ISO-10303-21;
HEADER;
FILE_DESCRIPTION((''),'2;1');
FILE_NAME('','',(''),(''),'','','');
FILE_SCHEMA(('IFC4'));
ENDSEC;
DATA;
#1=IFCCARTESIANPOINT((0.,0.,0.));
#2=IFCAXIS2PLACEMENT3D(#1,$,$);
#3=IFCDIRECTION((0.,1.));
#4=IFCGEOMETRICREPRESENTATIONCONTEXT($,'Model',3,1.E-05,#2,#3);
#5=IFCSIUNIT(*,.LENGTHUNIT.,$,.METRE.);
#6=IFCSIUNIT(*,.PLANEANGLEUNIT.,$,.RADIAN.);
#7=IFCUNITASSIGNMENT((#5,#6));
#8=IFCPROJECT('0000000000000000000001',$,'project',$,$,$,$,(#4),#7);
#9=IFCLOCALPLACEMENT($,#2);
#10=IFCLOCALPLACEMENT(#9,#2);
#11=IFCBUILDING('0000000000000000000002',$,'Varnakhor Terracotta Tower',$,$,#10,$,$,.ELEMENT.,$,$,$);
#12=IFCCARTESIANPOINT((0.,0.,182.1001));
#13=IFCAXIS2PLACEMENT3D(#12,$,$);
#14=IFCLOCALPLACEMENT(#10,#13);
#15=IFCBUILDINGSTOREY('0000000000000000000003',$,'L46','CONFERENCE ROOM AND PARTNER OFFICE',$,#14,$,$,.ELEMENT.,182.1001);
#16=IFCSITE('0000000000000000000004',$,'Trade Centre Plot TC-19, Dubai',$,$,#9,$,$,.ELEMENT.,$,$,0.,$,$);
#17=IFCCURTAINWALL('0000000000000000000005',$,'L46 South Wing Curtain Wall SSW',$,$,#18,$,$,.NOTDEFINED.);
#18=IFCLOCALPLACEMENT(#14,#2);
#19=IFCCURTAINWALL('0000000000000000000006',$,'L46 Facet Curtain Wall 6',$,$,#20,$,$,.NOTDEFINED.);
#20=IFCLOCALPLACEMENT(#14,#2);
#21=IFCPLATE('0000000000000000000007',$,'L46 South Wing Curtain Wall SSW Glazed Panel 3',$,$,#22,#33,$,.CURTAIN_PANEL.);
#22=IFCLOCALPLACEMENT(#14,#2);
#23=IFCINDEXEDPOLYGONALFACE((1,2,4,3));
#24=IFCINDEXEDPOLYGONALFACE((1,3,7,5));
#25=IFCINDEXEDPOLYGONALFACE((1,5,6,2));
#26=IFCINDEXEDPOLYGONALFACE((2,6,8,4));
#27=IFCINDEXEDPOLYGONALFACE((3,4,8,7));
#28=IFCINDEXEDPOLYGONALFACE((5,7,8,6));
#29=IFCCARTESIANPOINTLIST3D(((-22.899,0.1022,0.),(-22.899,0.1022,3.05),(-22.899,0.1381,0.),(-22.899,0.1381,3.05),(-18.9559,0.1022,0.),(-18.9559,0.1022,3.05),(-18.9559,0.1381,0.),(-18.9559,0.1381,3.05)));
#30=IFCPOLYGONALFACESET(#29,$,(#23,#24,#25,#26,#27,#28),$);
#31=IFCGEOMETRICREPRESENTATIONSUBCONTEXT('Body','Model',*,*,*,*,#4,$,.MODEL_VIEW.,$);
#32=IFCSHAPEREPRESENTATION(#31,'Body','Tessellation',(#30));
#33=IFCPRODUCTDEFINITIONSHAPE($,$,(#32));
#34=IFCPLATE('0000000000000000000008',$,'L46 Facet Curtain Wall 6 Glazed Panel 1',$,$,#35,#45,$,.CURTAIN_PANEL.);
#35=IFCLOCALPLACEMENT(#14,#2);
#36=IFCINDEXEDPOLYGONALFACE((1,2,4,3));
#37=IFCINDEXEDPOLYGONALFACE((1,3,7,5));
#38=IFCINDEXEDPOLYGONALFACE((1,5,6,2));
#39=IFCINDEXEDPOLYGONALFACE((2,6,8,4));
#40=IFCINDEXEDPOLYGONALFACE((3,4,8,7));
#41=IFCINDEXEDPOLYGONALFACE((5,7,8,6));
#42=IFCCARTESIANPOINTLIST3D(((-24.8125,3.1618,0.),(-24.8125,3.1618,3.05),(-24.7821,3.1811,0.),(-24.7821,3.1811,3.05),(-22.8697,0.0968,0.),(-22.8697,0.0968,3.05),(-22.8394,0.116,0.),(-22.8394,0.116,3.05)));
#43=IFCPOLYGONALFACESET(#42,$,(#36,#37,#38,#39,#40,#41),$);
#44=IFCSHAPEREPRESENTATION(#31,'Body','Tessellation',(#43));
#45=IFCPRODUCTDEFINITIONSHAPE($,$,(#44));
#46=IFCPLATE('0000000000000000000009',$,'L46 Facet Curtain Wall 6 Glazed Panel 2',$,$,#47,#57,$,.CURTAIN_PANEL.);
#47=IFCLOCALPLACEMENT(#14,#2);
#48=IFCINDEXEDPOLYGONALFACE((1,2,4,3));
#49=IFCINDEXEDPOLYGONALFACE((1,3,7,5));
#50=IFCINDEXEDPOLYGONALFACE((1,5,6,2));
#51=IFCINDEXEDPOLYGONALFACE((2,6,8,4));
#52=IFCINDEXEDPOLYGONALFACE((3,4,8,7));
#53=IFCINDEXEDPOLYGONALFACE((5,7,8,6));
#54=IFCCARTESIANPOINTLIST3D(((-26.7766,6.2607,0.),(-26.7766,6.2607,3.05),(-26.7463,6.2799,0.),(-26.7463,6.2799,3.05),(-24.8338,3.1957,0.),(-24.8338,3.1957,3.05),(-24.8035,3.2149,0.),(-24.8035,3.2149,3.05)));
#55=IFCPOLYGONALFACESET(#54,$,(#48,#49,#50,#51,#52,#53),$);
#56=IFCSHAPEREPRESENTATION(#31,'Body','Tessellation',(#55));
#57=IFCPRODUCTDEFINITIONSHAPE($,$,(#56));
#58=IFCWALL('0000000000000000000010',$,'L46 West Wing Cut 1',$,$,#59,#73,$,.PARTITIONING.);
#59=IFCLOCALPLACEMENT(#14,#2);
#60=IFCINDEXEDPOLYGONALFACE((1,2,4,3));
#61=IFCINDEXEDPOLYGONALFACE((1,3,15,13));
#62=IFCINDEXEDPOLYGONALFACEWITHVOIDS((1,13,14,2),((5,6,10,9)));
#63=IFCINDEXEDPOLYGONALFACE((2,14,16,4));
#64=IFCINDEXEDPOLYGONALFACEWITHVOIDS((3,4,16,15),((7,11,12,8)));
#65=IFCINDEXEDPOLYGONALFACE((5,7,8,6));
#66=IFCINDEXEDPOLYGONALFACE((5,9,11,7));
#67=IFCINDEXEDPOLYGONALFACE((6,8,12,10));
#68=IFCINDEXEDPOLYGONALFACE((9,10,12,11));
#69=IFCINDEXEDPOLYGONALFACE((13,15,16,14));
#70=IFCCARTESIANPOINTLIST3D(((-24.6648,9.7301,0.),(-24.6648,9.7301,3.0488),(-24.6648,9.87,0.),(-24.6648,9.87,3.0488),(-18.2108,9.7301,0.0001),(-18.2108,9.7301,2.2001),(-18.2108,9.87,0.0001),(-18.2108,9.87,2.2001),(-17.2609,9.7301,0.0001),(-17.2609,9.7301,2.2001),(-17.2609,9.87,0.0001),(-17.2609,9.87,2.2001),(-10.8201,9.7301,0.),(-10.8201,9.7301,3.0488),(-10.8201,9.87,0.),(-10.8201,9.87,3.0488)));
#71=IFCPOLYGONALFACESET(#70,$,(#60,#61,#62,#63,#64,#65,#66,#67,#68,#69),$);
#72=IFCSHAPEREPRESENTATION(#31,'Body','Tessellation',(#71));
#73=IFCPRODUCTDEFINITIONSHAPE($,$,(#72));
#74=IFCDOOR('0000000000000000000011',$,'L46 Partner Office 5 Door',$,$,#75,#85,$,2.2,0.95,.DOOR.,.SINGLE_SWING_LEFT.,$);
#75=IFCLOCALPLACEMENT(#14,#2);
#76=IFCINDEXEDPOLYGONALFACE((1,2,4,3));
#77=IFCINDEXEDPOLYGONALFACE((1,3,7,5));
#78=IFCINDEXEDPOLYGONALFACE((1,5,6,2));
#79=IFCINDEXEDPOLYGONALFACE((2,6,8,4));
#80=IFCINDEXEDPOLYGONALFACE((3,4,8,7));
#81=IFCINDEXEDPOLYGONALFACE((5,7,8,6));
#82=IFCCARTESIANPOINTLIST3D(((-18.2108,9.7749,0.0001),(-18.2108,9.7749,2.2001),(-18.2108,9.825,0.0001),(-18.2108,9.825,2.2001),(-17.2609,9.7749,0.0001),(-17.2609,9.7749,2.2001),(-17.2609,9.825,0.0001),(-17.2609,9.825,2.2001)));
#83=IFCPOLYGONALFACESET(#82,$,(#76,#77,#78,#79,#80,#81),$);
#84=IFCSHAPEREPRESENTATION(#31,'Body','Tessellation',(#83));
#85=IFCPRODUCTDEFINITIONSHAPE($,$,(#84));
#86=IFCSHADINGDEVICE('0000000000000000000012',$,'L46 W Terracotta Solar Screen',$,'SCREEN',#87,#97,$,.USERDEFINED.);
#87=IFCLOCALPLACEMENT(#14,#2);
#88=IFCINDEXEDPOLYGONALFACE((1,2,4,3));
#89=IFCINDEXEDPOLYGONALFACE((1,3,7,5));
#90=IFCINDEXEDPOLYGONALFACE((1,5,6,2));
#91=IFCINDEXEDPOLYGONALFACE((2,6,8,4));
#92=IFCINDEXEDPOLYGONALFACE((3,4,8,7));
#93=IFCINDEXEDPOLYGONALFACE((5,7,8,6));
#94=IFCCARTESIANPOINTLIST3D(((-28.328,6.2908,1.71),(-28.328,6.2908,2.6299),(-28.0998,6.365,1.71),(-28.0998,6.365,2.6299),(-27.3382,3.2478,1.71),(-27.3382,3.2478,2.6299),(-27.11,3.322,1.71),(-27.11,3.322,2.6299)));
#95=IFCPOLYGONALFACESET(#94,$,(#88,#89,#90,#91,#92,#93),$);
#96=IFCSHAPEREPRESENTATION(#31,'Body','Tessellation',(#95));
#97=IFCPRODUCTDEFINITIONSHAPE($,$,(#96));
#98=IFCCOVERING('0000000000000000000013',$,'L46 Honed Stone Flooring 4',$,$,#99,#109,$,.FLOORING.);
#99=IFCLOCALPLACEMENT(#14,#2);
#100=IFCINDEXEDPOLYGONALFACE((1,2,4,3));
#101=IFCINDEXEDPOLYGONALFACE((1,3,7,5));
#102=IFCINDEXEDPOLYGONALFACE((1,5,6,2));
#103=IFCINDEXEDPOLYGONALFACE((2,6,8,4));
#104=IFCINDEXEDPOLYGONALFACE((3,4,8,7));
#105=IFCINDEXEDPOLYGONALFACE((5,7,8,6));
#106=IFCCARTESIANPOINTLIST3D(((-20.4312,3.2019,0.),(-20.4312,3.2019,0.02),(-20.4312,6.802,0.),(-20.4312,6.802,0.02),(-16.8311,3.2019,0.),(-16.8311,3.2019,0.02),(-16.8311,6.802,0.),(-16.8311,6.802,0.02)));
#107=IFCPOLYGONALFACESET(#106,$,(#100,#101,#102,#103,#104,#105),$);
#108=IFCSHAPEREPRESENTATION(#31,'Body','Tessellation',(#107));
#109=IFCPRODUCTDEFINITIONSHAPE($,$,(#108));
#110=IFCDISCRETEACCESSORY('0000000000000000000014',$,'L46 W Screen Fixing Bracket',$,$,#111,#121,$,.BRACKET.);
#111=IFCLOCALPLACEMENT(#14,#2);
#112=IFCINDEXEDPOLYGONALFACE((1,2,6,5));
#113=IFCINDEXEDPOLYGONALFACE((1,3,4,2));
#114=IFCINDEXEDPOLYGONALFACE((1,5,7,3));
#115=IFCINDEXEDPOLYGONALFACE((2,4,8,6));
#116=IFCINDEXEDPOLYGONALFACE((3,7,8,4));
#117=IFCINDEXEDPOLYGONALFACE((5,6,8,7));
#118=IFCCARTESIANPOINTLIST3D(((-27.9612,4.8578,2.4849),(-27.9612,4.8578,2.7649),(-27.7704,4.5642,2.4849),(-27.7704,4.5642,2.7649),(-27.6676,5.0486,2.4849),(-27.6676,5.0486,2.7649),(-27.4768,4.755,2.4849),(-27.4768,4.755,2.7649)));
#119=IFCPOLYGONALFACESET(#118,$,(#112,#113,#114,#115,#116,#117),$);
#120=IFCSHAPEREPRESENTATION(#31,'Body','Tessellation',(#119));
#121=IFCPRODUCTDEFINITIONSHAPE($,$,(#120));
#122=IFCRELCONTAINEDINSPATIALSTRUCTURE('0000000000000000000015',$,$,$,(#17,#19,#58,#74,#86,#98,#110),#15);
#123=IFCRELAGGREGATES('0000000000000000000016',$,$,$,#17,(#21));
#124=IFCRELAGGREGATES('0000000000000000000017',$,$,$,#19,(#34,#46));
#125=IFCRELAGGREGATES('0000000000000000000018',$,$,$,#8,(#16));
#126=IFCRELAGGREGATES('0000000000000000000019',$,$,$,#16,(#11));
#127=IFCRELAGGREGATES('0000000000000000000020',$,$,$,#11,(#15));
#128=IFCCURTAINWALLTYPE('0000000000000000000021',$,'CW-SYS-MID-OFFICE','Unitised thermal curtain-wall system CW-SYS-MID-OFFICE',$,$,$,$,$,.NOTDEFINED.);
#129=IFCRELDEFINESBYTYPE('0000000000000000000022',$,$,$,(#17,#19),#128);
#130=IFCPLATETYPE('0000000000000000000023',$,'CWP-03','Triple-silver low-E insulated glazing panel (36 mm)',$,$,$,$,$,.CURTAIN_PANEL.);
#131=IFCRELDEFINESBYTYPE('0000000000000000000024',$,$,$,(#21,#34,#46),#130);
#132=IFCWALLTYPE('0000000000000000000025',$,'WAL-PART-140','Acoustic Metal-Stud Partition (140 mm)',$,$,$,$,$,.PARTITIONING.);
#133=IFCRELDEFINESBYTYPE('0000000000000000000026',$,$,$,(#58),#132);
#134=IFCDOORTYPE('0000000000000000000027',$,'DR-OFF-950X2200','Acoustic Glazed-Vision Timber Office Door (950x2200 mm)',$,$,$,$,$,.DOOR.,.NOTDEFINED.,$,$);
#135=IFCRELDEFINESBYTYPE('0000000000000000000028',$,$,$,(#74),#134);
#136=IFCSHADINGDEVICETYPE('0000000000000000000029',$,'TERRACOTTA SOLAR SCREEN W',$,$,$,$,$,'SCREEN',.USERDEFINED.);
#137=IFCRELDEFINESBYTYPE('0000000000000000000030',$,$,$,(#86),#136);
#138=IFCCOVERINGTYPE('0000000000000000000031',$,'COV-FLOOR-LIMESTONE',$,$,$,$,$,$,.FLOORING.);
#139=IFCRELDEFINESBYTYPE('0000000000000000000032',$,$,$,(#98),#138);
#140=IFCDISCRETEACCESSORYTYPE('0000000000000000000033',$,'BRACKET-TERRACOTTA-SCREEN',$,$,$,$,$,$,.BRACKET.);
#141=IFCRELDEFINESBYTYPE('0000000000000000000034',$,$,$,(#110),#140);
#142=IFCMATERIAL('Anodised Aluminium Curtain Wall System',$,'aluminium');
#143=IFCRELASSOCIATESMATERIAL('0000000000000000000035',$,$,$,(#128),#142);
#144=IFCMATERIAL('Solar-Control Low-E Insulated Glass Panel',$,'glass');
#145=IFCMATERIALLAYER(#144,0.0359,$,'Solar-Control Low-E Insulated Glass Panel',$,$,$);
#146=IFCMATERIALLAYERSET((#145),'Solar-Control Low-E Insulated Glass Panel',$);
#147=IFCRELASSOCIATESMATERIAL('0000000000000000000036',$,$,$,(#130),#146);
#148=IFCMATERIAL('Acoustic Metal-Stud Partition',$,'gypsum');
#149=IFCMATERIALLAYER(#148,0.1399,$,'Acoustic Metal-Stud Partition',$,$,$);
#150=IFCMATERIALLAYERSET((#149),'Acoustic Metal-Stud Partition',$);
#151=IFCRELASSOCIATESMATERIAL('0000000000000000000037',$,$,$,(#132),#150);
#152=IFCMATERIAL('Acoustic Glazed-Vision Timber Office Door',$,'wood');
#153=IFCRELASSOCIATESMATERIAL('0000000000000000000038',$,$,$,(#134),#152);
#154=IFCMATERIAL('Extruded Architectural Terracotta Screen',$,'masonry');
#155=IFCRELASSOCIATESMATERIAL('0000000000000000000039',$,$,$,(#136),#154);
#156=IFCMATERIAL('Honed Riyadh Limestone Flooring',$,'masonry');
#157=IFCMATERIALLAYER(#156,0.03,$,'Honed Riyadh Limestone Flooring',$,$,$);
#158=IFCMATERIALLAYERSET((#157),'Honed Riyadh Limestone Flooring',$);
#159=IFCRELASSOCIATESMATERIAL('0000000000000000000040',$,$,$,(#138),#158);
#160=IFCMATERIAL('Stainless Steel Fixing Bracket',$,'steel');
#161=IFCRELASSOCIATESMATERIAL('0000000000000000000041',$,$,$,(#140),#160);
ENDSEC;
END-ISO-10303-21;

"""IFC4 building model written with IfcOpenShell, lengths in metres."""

from ifc_helpers import new_model, si_unit, direction, frame, frame_2d, origin, origin_2d, place, context, subcontext, project, spatial, rectangle, extrude, source, transform, mapped, material, layer, layer_set, type_object, type_shapes, element, fill, aggregate, save


model = new_model("IFC4")

# Units and contexts
model_context = context("Model", 3, precision=1e-05, world=origin(), true_north=direction((0.0, 1.0)))
body_context = subcontext(model_context, "Body", "Model", "MODEL_VIEW")
ifc_project = project(units=[si_unit("LENGTHUNIT", "METRE"), si_unit("PLANEANGLEUNIT", "RADIAN")], contexts=[model_context])

# Site, building, storey
site_placement = place(None, origin())
site = spatial("IfcSite", under=ifc_project, at=site_placement, Name="Trade Centre Plot TC-19, Dubai", CompositionType="ELEMENT", RefElevation=0.0)
building_placement = place(site_placement, origin())
building = spatial("IfcBuilding", under=site, at=building_placement, Name="Varnakhor Terracotta Tower", CompositionType="ELEMENT")
storey_placement = place(building_placement, frame((0.0, 0.0, 182.1001)))
storey = spatial("IfcBuildingStorey", under=building, at=storey_placement, Name="L46", Description="CONFERENCE ROOM AND PARTNER OFFICE", CompositionType="ELEMENT", Elevation=182.1001)

# Curtain walls
ifc_material_1 = material(Name="Anodised Aluminium Curtain Wall System", Category="aluminium")
curtain_wall_type = type_object("IfcCurtainWallType", Name="CW-SYS-MID-OFFICE", Description="Unitised thermal curtain-wall system CW-SYS-MID-OFFICE", PredefinedType="NOTDEFINED", material=ifc_material_1)
curtain_wall_1_placement = place(storey_placement, origin())
curtain_wall_1 = element("IfcCurtainWall", 1, at=curtain_wall_1_placement, inside=storey, type_object=curtain_wall_type, Name="L46 South Wing Curtain Wall SSW", PredefinedType="NOTDEFINED")
curtain_wall_2_placement = place(storey_placement, origin())
curtain_wall_2 = element("IfcCurtainWall", 2, at=curtain_wall_2_placement, inside=storey, type_object=curtain_wall_type, Name="L46 Facet Curtain Wall 6", PredefinedType="NOTDEFINED")

# Plates
ifc_material_2 = material(Name="Solar-Control Low-E Insulated Glass Panel", Category="glass")
ifc_layer_1 = layer(ifc_material_2, 0.0359, Name="Solar-Control Low-E Insulated Glass Panel")
ifc_layer_set_1 = layer_set([ifc_layer_1], Name="Solar-Control Low-E Insulated Glass Panel")
plate_type = type_object("IfcPlateType", Name="CWP-03", Description="Triple-silver low-E insulated glazing panel (36 mm)", PredefinedType="CURTAIN_PANEL", material=ifc_layer_set_1)
shared_shape_1 = source(origin(), body_context, "Body", "SweptSolid", [
    extrude(rectangle(XDim=3.9431, YDim=0.0359, at=origin_2d()), origin(), (0.0, 0.0, 1.0), 3.05),
])
plate_1_placement = place(storey_placement, frame((-20.9275, 0.1201, 0.0), z_axis=(0.0, 0.0, 1.0), x_axis=(-1.0, 0.0, 0.0)))
plate_1 = element("IfcPlate", 3, at=plate_1_placement, type_object=plate_type, Name="L46 South Wing Curtain Wall SSW Glazed Panel 3", PredefinedType="CURTAIN_PANEL", context=body_context, shape_type="MappedRepresentation", body=[
    mapped(shared_shape_1, transform((0.0, 0.0, 0.0), scale=1.0)),
])
aggregate(curtain_wall_1, [plate_1])
shared_shape_2 = source(origin(), body_context, "Body", "SweptSolid", [
    extrude(rectangle(XDim=3.6289, YDim=0.0359, at=origin_2d()), origin(), (0.0, 0.0, 1.0), 3.05),
])
plate_2_placement = place(storey_placement, frame((-23.8259, 1.6389, 0.0), z_axis=(0.0, 0.0, 1.0), x_axis=(-0.535355, 0.844627, 0.0)))
plate_2 = element("IfcPlate", 4, at=plate_2_placement, type_object=plate_type, Name="L46 Facet Curtain Wall 6 Glazed Panel 1", PredefinedType="CURTAIN_PANEL", context=body_context, shape_type="MappedRepresentation", body=[
    mapped(shared_shape_2, transform((0.0, 0.0, 0.0), scale=1.0)),
])
plate_3_placement = place(storey_placement, frame((-25.79, 4.7378, 0.0), z_axis=(0.0, 0.0, 1.0), x_axis=(-0.535355, 0.844627, 0.0)))
plate_3 = element("IfcPlate", 5, at=plate_3_placement, type_object=plate_type, Name="L46 Facet Curtain Wall 6 Glazed Panel 2", PredefinedType="CURTAIN_PANEL", context=body_context, shape_type="MappedRepresentation", body=[
    mapped(shared_shape_2, transform((0.0, 0.0, 0.0), scale=1.0)),
])
aggregate(curtain_wall_2, [plate_2, plate_3])

# Wall, opening, door
ifc_material_3 = material(Name="Acoustic Metal-Stud Partition", Category="gypsum")
ifc_layer_2 = layer(ifc_material_3, 0.1399, Name="Acoustic Metal-Stud Partition")
ifc_layer_set_2 = layer_set([ifc_layer_2], Name="Acoustic Metal-Stud Partition")
wall_type = type_object("IfcWallType", Name="WAL-PART-140", Description="Acoustic Metal-Stud Partition (140 mm)", PredefinedType="PARTITIONING", material=ifc_layer_set_2)
wall_placement = place(storey_placement, frame((-24.6648, 9.8, 0.0), z_axis=(0.0, 0.0, 1.0), x_axis=(1.0, 0.0, 0.0)))
wall = element("IfcWall", 6, at=wall_placement, inside=storey, type_object=wall_type, Name="L46 West Wing Cut 1", PredefinedType="PARTITIONING", context=body_context, shape_type="SweptSolid", body=[
    extrude(rectangle(XDim=13.8447, YDim=0.1399, at=frame_2d((6.9224, 0.0))), origin(), (0.0, 0.0, 1.0), 3.0488),
])
opening_placement = place(wall_placement, frame((6.4539, 0.0, 0.0)))
opening = element("IfcOpeningElement", 7, at=opening_placement, cuts=wall, PredefinedType="OPENING", context=body_context, shape_type="SweptSolid", body=[
    extrude(rectangle(XDim=0.95, YDim=2.2, at=frame_2d((0.4751, 1.1001))), frame((0.0, 0.0801, 0.0), z_axis=(0.0, -1.0, 0.0), x_axis=(1.0, 0.0, 0.0)), (0.0, 0.0, 1.0), 0.1599),
])
ifc_material_4 = material(Name="Acoustic Glazed-Vision Timber Office Door", Category="wood")
door_type = type_object("IfcDoorType", Name="DR-OFF-950X2200", Description="Acoustic Glazed-Vision Timber Office Door (950x2200 mm)", OperationType="NOTDEFINED", PredefinedType="DOOR", material=ifc_material_4)
shared_shape_3 = source(origin(), body_context, "Body", "SweptSolid", [
    extrude(rectangle(XDim=0.95, YDim=2.2, at=frame_2d((0.4751, 1.1001))), frame((0.0, 0.0249, 0.0), z_axis=(0.0, -1.0, 0.0), x_axis=(1.0, 0.0, 0.0)), (0.0, 0.0, 1.0), 0.05),
])
type_shapes(door_type, [shared_shape_3])
door_placement = place(opening_placement, origin())
door = element("IfcDoor", 8, at=door_placement, inside=storey, type_object=door_type, Name="L46 Partner Office 5 Door", OperationType="SINGLE_SWING_LEFT", OverallHeight=2.2, OverallWidth=0.95, PredefinedType="DOOR", context=body_context, shape_type="MappedRepresentation", body=[
    mapped(shared_shape_3, transform((0.0, 0.0, 0.0), scale=1.0)),
])
fill(opening, door)

# Shading device
ifc_material_5 = material(Name="Extruded Architectural Terracotta Screen", Category="masonry")
shading_device_type = type_object("IfcShadingDeviceType", Name="TERRACOTTA SOLAR SCREEN W", ElementType="SCREEN", PredefinedType="USERDEFINED", material=ifc_material_5)
shared_shape_4 = source(origin(), body_context, "Body", "SweptSolid", [
    extrude(rectangle(XDim=3.2, YDim=0.24, at=origin_2d()), origin(), (0.0, 0.0, 1.0), 0.9199),
])
type_shapes(shading_device_type, [shared_shape_4])
shading_device_placement = place(storey_placement, frame((-27.719, 4.8064, 1.71), z_axis=(0.0, 0.0, 1.0), x_axis=(0.309316, -0.950959, 0.0)))
element("IfcShadingDevice", 9, at=shading_device_placement, inside=storey, type_object=shading_device_type, Name="L46 W Terracotta Solar Screen", ObjectType="SCREEN", PredefinedType="USERDEFINED", context=body_context, shape_type="MappedRepresentation", body=[
    mapped(shared_shape_4, transform((0.0, 0.0, 0.0), scale=1.0)),
])

# Covering
ifc_material_6 = material(Name="Honed Riyadh Limestone Flooring", Category="masonry")
ifc_layer_3 = layer(ifc_material_6, 0.03, Name="Honed Riyadh Limestone Flooring")
ifc_layer_set_3 = layer_set([ifc_layer_3], Name="Honed Riyadh Limestone Flooring")
covering_type = type_object("IfcCoveringType", Name="COV-FLOOR-LIMESTONE", PredefinedType="FLOORING", material=ifc_layer_set_3)
shared_shape_5 = source(origin(), body_context, "Body", "SweptSolid", [
    extrude(rectangle(XDim=3.6001, YDim=3.6001, at=origin_2d()), origin(), (0.0, 0.0, 1.0), 0.02),
])
covering_placement = place(storey_placement, frame((-18.6311, 5.002, 0.0), z_axis=(0.0, 0.0, 1.0), x_axis=(1.0, 0.0, 0.0)))
element("IfcCovering", 10, at=covering_placement, inside=storey, type_object=covering_type, Name="L46 Honed Stone Flooring 4", PredefinedType="FLOORING", context=body_context, shape_type="MappedRepresentation", body=[
    mapped(shared_shape_5, transform((0.0, 0.0, 0.0), scale=1.0)),
])

# Discrete accessory
ifc_material_7 = material(Name="Stainless Steel Fixing Bracket", Category="steel")
discrete_accessory_type = type_object("IfcDiscreteAccessoryType", Name="BRACKET-TERRACOTTA-SCREEN", PredefinedType="BRACKET", material=ifc_material_7)
shared_shape_6 = source(origin(), body_context, "Body", "SweptSolid", [
    extrude(rectangle(XDim=0.3501, YDim=0.3501, at=origin_2d()), origin(), (0.0, 0.0, 1.0), 0.28),
])
type_shapes(discrete_accessory_type, [shared_shape_6])
discrete_accessory_placement = place(storey_placement, frame((-27.719, 4.8064, 2.4849), z_axis=(0.0, 0.0, 1.0), x_axis=(0.544902, -0.838499, 0.0)))
element("IfcDiscreteAccessory", 11, at=discrete_accessory_placement, inside=storey, type_object=discrete_accessory_type, Name="L46 W Screen Fixing Bracket", PredefinedType="BRACKET", context=body_context, shape_type="MappedRepresentation", body=[
    mapped(shared_shape_6, transform((0.0, 0.0, 0.0), scale=1.0)),
])

save(model, "model.ifc")
